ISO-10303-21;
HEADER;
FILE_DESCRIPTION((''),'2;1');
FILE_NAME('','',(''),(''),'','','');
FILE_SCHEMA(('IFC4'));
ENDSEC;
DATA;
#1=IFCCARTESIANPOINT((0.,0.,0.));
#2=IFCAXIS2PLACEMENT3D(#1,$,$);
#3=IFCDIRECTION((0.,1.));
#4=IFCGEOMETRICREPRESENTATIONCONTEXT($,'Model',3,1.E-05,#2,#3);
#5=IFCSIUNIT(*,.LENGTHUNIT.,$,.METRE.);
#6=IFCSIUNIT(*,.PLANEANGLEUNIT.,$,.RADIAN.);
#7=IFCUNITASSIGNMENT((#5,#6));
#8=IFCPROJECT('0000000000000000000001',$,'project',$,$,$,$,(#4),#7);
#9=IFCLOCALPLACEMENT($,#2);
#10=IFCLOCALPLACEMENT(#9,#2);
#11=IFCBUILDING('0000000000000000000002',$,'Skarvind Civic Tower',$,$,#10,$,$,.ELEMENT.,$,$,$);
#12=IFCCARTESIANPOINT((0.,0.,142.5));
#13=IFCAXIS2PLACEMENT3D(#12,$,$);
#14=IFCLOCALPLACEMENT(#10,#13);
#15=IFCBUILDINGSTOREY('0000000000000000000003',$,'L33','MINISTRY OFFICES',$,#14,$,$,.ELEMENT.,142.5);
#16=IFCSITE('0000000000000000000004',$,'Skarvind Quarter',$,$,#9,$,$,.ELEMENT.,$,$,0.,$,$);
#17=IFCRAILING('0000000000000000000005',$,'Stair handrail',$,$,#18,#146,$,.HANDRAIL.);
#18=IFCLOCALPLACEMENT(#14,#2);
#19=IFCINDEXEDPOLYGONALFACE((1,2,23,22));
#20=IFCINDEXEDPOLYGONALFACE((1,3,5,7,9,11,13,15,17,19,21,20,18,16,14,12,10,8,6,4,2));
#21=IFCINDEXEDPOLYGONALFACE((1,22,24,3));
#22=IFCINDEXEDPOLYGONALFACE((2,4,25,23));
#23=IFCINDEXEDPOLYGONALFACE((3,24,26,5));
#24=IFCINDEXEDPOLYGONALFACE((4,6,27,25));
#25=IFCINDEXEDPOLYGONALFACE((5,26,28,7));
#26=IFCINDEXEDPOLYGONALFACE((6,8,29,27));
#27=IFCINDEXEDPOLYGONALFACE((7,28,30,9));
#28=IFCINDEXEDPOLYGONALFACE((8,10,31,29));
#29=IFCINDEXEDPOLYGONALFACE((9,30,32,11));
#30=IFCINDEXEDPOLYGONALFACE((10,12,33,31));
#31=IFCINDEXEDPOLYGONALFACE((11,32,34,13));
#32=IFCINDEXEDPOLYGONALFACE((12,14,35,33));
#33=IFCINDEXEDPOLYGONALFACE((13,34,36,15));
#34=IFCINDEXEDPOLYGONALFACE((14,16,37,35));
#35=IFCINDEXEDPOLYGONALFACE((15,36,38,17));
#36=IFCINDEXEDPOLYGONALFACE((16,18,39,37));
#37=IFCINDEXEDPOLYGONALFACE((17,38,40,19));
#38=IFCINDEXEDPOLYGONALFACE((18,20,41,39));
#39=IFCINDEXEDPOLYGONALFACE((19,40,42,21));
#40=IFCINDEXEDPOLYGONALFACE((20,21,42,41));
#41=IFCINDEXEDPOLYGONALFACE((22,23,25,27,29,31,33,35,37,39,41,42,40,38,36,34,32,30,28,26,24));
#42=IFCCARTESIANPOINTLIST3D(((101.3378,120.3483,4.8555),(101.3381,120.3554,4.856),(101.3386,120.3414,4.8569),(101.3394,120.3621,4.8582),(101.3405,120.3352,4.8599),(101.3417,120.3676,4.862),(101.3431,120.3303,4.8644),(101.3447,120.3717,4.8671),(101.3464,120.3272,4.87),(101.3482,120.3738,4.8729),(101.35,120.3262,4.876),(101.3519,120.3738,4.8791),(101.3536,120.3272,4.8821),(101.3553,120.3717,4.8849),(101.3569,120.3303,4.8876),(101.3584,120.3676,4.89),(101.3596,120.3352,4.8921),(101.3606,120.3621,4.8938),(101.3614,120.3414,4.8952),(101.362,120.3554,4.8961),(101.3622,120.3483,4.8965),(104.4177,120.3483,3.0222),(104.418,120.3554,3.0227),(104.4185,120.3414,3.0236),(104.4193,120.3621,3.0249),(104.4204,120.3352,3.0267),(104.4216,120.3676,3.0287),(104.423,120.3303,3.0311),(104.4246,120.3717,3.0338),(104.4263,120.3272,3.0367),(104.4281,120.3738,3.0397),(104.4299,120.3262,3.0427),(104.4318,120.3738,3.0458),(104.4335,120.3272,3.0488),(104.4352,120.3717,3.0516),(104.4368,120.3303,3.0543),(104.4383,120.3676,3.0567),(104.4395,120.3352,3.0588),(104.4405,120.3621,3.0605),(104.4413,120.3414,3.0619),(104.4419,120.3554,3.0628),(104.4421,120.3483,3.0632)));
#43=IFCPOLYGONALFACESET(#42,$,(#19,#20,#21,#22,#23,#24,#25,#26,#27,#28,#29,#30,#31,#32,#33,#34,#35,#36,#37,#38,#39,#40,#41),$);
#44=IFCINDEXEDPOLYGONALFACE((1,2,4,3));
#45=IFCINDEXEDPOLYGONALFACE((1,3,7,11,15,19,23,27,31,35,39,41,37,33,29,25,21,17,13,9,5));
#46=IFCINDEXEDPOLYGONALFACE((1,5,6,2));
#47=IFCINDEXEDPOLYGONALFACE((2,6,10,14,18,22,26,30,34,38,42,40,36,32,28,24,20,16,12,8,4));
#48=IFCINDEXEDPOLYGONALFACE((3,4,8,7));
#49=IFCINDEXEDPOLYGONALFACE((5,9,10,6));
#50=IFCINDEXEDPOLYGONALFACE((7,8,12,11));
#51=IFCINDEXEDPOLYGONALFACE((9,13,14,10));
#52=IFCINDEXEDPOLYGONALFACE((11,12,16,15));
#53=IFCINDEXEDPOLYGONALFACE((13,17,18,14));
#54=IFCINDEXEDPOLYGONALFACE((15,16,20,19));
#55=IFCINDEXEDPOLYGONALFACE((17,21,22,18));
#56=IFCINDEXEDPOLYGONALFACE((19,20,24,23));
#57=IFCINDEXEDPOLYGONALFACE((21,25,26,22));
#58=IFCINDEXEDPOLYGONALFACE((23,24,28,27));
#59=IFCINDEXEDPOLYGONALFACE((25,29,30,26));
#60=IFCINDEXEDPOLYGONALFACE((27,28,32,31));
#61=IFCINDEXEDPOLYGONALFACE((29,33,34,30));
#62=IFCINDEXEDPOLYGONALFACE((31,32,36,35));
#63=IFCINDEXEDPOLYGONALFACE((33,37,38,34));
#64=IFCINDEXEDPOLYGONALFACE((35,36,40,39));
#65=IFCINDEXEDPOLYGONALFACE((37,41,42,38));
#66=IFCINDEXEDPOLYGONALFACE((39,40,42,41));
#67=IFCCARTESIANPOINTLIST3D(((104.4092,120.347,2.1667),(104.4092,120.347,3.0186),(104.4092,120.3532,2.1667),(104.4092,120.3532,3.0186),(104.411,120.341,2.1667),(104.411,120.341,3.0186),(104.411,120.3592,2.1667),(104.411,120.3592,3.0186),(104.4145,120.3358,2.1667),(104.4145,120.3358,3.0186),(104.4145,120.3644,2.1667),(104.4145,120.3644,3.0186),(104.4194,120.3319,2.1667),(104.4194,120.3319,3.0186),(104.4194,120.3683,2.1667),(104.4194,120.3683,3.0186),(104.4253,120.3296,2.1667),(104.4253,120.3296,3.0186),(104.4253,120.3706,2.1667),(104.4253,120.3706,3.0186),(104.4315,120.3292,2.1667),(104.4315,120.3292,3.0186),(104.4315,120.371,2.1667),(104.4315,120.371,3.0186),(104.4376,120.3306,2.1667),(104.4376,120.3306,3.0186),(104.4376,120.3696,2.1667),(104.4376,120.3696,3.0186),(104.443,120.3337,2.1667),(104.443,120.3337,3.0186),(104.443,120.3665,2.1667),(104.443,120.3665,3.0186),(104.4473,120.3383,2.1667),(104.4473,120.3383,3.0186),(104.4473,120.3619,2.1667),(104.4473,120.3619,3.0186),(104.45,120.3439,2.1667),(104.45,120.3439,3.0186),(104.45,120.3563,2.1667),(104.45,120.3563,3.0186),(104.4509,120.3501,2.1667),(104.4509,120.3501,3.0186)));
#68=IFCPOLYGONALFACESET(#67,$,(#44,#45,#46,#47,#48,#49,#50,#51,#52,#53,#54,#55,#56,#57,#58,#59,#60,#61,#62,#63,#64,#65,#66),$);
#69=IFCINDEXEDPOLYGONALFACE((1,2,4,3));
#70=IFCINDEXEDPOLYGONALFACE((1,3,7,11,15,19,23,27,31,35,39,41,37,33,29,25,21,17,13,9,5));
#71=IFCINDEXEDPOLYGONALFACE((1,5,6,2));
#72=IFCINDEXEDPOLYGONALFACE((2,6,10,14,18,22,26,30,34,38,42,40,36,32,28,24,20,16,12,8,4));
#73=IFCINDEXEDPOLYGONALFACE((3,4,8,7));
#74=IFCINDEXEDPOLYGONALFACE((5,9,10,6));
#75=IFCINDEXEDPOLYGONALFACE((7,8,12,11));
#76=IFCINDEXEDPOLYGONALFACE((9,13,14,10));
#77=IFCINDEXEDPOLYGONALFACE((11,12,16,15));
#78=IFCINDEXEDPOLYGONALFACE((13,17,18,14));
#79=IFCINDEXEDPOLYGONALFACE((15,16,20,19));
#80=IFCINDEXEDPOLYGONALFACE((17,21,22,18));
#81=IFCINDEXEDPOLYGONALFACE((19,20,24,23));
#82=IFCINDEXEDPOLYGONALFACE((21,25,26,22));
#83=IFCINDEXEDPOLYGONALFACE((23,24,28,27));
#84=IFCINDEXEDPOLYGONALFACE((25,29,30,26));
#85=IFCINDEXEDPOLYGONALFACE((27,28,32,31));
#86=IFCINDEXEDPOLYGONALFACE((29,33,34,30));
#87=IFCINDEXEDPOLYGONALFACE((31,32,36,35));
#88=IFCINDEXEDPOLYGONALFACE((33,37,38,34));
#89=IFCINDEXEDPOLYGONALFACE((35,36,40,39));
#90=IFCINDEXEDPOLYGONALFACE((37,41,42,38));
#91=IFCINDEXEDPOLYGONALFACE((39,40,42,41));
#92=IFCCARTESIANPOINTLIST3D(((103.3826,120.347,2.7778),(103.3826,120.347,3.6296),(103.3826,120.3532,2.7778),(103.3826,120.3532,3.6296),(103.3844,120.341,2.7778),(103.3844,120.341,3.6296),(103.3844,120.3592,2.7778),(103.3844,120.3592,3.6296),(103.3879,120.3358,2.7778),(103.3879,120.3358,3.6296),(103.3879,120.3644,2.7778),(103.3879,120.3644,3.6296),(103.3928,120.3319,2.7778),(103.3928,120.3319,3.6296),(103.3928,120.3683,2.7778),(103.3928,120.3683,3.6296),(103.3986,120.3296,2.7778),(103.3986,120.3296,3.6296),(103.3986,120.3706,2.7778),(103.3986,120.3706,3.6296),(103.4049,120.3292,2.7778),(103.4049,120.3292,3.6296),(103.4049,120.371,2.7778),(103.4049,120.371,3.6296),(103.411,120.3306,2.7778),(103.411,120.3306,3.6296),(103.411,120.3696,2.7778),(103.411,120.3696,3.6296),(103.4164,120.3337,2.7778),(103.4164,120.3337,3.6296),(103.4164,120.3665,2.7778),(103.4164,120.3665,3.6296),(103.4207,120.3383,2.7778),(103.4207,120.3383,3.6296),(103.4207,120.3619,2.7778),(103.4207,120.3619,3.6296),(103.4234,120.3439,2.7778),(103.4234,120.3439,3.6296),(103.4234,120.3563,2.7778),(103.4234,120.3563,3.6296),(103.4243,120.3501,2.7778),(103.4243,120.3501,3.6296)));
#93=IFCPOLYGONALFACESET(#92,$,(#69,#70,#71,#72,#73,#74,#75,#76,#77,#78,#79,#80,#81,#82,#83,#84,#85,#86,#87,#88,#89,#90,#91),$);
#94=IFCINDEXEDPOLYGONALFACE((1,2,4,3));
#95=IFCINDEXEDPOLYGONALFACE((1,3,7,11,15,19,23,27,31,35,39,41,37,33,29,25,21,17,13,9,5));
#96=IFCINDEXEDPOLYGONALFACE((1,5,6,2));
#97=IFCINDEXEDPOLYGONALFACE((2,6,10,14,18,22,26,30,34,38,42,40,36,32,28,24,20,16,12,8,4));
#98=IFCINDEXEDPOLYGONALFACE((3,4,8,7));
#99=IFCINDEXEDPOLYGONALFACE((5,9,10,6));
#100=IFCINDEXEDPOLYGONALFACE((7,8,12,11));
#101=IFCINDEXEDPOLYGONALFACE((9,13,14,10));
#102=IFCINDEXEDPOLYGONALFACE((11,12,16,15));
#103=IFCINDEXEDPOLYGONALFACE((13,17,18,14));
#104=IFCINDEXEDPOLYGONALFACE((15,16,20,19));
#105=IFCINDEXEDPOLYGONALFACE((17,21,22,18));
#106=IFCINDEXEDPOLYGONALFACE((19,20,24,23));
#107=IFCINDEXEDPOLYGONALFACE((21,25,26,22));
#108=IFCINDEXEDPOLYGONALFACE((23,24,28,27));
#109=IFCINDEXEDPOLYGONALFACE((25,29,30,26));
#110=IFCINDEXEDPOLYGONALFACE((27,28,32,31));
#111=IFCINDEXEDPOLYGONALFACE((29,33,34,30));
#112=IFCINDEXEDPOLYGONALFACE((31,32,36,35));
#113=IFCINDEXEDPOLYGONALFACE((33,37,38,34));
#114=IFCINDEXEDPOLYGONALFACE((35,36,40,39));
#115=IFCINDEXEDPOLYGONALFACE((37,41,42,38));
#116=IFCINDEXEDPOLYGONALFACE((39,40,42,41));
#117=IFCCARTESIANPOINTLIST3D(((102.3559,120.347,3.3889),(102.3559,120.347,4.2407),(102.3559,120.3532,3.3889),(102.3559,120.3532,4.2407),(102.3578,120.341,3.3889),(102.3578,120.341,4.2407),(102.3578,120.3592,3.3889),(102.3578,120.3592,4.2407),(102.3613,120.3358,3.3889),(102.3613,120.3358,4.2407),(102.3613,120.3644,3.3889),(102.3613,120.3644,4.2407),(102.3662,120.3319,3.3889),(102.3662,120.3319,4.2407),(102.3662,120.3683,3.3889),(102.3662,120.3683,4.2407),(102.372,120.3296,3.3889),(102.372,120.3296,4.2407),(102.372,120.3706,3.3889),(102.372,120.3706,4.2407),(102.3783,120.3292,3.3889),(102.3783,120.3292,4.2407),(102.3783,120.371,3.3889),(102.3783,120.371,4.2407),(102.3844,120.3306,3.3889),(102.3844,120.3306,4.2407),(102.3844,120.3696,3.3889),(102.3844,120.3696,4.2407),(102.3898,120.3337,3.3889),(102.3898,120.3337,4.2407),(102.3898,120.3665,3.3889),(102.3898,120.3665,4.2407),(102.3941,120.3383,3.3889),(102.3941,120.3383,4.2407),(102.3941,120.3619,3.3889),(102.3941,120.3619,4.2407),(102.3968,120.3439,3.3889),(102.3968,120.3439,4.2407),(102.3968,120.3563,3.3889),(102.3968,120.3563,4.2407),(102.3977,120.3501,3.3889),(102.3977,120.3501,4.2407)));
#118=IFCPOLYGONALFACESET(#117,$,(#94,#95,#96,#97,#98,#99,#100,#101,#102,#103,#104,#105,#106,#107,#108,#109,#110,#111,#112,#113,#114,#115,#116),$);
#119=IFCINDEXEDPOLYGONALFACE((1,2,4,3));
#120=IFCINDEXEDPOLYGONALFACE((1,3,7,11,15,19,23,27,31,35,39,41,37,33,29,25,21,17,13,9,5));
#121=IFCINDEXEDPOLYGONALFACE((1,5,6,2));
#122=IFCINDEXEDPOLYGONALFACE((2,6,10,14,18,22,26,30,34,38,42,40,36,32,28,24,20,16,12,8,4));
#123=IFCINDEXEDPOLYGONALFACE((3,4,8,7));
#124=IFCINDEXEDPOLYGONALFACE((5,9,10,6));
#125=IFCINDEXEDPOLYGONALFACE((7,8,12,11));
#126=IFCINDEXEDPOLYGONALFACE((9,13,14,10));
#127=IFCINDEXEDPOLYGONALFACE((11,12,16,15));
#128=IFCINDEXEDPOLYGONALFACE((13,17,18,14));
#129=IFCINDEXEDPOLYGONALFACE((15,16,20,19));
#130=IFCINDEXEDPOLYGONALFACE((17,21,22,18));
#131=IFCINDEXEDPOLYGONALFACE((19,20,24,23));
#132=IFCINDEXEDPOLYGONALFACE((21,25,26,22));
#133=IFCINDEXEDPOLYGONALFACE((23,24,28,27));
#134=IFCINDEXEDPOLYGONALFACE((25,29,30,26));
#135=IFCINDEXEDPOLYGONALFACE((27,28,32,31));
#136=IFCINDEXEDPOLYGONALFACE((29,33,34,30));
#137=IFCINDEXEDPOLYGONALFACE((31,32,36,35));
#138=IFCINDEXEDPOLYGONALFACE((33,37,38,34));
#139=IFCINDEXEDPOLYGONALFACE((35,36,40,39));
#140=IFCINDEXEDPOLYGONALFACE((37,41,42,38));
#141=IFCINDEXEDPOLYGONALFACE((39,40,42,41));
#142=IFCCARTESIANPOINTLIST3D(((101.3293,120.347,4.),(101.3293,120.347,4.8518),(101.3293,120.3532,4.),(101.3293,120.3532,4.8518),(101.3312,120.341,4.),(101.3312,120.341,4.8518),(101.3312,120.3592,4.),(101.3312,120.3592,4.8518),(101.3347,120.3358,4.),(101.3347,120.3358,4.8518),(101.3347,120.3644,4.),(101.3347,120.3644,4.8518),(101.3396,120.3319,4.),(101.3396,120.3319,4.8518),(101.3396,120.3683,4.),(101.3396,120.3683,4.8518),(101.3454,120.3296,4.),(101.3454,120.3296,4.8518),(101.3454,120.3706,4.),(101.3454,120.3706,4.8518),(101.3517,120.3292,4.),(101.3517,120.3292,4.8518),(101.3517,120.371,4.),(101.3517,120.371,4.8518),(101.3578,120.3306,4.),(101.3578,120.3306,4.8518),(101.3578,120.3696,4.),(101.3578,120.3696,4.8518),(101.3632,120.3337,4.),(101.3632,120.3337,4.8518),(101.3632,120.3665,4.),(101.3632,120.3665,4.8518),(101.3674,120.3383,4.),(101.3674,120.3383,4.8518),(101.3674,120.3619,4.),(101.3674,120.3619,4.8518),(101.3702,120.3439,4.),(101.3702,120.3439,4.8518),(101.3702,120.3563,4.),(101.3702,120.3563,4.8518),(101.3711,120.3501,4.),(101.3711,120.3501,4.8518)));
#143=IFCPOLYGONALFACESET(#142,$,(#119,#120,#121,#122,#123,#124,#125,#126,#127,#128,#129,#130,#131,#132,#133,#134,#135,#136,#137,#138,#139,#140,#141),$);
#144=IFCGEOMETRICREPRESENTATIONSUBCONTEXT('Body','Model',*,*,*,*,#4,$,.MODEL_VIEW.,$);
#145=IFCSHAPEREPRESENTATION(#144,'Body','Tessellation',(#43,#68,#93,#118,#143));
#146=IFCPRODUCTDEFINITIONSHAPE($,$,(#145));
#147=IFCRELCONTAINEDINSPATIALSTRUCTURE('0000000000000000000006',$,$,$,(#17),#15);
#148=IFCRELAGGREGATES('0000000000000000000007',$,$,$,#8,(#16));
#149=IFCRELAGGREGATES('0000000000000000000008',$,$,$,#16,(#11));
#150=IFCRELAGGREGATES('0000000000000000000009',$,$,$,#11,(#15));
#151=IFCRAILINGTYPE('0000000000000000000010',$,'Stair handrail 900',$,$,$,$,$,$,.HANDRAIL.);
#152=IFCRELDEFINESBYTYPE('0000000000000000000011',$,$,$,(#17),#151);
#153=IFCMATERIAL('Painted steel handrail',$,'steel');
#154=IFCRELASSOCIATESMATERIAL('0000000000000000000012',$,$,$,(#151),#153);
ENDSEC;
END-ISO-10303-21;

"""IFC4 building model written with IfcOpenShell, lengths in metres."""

from ifc_helpers import new_model, si_unit, direction, frame, origin, origin_2d, place, context, subcontext, project, spatial, circle, extrude, material, type_object, element, save


model = new_model("IFC4")

# Units and contexts
model_context = context("Model", 3, precision=1e-05, world=origin(), true_north=direction((0.0, 1.0)))
body_context = subcontext(model_context, "Body", "Model", "MODEL_VIEW")
ifc_project = project(units=[si_unit("LENGTHUNIT", "METRE"), si_unit("PLANEANGLEUNIT", "RADIAN")], contexts=[model_context])

# Site, building, storey
site_placement = place(None, origin())
site = spatial("IfcSite", under=ifc_project, at=site_placement, Name="Skarvind Quarter", CompositionType="ELEMENT", RefElevation=0.0)
building_placement = place(site_placement, origin())
building = spatial("IfcBuilding", under=site, at=building_placement, Name="Skarvind Civic Tower", CompositionType="ELEMENT")
storey_placement = place(building_placement, frame((0.0, 0.0, 142.5)))
storey = spatial("IfcBuildingStorey", under=building, at=storey_placement, Name="L33", Description="MINISTRY OFFICES", CompositionType="ELEMENT", Elevation=142.5)

# Railing
ifc_material_1 = material(Name="Painted steel handrail", Category="steel")
railing_type = type_object("IfcRailingType", Name="Stair handrail 900", PredefinedType="HANDRAIL", material=ifc_material_1)
railing_1_placement = place(storey_placement, frame((104.4299, 120.3501, 2.1667)))
element("IfcRailing", 1, at=railing_1_placement, inside=storey, type_object=railing_type, Name="Stair handrail", PredefinedType="HANDRAIL", context=body_context, shape_type="SweptSolid", body=[
    extrude(circle(Radius=0.0239, at=origin_2d()), frame((0.0, 0.0, 0.876), z_axis=(-0.859291, 0.0, 0.511487), x_axis=(0.0, -1.0, 0.0)), (0.0, 0.0, 1.0), 3.5842),
    extrude(circle(Radius=0.021, at=origin_2d()), origin(), (0.0, 0.0, 1.0), 0.8518),
    extrude(circle(Radius=0.021, at=origin_2d()), frame((-1.0266, 0.0, 0.6111)), (0.0, 0.0, 1.0), 0.8518),
    extrude(circle(Radius=0.021, at=origin_2d()), frame((-2.0532, 0.0, 1.2222)), (0.0, 0.0, 1.0), 0.8518),
    extrude(circle(Radius=0.021, at=origin_2d()), frame((-3.0798, 0.0, 1.8333)), (0.0, 0.0, 1.0), 0.8518),
])

save(model, "model.ifc")
